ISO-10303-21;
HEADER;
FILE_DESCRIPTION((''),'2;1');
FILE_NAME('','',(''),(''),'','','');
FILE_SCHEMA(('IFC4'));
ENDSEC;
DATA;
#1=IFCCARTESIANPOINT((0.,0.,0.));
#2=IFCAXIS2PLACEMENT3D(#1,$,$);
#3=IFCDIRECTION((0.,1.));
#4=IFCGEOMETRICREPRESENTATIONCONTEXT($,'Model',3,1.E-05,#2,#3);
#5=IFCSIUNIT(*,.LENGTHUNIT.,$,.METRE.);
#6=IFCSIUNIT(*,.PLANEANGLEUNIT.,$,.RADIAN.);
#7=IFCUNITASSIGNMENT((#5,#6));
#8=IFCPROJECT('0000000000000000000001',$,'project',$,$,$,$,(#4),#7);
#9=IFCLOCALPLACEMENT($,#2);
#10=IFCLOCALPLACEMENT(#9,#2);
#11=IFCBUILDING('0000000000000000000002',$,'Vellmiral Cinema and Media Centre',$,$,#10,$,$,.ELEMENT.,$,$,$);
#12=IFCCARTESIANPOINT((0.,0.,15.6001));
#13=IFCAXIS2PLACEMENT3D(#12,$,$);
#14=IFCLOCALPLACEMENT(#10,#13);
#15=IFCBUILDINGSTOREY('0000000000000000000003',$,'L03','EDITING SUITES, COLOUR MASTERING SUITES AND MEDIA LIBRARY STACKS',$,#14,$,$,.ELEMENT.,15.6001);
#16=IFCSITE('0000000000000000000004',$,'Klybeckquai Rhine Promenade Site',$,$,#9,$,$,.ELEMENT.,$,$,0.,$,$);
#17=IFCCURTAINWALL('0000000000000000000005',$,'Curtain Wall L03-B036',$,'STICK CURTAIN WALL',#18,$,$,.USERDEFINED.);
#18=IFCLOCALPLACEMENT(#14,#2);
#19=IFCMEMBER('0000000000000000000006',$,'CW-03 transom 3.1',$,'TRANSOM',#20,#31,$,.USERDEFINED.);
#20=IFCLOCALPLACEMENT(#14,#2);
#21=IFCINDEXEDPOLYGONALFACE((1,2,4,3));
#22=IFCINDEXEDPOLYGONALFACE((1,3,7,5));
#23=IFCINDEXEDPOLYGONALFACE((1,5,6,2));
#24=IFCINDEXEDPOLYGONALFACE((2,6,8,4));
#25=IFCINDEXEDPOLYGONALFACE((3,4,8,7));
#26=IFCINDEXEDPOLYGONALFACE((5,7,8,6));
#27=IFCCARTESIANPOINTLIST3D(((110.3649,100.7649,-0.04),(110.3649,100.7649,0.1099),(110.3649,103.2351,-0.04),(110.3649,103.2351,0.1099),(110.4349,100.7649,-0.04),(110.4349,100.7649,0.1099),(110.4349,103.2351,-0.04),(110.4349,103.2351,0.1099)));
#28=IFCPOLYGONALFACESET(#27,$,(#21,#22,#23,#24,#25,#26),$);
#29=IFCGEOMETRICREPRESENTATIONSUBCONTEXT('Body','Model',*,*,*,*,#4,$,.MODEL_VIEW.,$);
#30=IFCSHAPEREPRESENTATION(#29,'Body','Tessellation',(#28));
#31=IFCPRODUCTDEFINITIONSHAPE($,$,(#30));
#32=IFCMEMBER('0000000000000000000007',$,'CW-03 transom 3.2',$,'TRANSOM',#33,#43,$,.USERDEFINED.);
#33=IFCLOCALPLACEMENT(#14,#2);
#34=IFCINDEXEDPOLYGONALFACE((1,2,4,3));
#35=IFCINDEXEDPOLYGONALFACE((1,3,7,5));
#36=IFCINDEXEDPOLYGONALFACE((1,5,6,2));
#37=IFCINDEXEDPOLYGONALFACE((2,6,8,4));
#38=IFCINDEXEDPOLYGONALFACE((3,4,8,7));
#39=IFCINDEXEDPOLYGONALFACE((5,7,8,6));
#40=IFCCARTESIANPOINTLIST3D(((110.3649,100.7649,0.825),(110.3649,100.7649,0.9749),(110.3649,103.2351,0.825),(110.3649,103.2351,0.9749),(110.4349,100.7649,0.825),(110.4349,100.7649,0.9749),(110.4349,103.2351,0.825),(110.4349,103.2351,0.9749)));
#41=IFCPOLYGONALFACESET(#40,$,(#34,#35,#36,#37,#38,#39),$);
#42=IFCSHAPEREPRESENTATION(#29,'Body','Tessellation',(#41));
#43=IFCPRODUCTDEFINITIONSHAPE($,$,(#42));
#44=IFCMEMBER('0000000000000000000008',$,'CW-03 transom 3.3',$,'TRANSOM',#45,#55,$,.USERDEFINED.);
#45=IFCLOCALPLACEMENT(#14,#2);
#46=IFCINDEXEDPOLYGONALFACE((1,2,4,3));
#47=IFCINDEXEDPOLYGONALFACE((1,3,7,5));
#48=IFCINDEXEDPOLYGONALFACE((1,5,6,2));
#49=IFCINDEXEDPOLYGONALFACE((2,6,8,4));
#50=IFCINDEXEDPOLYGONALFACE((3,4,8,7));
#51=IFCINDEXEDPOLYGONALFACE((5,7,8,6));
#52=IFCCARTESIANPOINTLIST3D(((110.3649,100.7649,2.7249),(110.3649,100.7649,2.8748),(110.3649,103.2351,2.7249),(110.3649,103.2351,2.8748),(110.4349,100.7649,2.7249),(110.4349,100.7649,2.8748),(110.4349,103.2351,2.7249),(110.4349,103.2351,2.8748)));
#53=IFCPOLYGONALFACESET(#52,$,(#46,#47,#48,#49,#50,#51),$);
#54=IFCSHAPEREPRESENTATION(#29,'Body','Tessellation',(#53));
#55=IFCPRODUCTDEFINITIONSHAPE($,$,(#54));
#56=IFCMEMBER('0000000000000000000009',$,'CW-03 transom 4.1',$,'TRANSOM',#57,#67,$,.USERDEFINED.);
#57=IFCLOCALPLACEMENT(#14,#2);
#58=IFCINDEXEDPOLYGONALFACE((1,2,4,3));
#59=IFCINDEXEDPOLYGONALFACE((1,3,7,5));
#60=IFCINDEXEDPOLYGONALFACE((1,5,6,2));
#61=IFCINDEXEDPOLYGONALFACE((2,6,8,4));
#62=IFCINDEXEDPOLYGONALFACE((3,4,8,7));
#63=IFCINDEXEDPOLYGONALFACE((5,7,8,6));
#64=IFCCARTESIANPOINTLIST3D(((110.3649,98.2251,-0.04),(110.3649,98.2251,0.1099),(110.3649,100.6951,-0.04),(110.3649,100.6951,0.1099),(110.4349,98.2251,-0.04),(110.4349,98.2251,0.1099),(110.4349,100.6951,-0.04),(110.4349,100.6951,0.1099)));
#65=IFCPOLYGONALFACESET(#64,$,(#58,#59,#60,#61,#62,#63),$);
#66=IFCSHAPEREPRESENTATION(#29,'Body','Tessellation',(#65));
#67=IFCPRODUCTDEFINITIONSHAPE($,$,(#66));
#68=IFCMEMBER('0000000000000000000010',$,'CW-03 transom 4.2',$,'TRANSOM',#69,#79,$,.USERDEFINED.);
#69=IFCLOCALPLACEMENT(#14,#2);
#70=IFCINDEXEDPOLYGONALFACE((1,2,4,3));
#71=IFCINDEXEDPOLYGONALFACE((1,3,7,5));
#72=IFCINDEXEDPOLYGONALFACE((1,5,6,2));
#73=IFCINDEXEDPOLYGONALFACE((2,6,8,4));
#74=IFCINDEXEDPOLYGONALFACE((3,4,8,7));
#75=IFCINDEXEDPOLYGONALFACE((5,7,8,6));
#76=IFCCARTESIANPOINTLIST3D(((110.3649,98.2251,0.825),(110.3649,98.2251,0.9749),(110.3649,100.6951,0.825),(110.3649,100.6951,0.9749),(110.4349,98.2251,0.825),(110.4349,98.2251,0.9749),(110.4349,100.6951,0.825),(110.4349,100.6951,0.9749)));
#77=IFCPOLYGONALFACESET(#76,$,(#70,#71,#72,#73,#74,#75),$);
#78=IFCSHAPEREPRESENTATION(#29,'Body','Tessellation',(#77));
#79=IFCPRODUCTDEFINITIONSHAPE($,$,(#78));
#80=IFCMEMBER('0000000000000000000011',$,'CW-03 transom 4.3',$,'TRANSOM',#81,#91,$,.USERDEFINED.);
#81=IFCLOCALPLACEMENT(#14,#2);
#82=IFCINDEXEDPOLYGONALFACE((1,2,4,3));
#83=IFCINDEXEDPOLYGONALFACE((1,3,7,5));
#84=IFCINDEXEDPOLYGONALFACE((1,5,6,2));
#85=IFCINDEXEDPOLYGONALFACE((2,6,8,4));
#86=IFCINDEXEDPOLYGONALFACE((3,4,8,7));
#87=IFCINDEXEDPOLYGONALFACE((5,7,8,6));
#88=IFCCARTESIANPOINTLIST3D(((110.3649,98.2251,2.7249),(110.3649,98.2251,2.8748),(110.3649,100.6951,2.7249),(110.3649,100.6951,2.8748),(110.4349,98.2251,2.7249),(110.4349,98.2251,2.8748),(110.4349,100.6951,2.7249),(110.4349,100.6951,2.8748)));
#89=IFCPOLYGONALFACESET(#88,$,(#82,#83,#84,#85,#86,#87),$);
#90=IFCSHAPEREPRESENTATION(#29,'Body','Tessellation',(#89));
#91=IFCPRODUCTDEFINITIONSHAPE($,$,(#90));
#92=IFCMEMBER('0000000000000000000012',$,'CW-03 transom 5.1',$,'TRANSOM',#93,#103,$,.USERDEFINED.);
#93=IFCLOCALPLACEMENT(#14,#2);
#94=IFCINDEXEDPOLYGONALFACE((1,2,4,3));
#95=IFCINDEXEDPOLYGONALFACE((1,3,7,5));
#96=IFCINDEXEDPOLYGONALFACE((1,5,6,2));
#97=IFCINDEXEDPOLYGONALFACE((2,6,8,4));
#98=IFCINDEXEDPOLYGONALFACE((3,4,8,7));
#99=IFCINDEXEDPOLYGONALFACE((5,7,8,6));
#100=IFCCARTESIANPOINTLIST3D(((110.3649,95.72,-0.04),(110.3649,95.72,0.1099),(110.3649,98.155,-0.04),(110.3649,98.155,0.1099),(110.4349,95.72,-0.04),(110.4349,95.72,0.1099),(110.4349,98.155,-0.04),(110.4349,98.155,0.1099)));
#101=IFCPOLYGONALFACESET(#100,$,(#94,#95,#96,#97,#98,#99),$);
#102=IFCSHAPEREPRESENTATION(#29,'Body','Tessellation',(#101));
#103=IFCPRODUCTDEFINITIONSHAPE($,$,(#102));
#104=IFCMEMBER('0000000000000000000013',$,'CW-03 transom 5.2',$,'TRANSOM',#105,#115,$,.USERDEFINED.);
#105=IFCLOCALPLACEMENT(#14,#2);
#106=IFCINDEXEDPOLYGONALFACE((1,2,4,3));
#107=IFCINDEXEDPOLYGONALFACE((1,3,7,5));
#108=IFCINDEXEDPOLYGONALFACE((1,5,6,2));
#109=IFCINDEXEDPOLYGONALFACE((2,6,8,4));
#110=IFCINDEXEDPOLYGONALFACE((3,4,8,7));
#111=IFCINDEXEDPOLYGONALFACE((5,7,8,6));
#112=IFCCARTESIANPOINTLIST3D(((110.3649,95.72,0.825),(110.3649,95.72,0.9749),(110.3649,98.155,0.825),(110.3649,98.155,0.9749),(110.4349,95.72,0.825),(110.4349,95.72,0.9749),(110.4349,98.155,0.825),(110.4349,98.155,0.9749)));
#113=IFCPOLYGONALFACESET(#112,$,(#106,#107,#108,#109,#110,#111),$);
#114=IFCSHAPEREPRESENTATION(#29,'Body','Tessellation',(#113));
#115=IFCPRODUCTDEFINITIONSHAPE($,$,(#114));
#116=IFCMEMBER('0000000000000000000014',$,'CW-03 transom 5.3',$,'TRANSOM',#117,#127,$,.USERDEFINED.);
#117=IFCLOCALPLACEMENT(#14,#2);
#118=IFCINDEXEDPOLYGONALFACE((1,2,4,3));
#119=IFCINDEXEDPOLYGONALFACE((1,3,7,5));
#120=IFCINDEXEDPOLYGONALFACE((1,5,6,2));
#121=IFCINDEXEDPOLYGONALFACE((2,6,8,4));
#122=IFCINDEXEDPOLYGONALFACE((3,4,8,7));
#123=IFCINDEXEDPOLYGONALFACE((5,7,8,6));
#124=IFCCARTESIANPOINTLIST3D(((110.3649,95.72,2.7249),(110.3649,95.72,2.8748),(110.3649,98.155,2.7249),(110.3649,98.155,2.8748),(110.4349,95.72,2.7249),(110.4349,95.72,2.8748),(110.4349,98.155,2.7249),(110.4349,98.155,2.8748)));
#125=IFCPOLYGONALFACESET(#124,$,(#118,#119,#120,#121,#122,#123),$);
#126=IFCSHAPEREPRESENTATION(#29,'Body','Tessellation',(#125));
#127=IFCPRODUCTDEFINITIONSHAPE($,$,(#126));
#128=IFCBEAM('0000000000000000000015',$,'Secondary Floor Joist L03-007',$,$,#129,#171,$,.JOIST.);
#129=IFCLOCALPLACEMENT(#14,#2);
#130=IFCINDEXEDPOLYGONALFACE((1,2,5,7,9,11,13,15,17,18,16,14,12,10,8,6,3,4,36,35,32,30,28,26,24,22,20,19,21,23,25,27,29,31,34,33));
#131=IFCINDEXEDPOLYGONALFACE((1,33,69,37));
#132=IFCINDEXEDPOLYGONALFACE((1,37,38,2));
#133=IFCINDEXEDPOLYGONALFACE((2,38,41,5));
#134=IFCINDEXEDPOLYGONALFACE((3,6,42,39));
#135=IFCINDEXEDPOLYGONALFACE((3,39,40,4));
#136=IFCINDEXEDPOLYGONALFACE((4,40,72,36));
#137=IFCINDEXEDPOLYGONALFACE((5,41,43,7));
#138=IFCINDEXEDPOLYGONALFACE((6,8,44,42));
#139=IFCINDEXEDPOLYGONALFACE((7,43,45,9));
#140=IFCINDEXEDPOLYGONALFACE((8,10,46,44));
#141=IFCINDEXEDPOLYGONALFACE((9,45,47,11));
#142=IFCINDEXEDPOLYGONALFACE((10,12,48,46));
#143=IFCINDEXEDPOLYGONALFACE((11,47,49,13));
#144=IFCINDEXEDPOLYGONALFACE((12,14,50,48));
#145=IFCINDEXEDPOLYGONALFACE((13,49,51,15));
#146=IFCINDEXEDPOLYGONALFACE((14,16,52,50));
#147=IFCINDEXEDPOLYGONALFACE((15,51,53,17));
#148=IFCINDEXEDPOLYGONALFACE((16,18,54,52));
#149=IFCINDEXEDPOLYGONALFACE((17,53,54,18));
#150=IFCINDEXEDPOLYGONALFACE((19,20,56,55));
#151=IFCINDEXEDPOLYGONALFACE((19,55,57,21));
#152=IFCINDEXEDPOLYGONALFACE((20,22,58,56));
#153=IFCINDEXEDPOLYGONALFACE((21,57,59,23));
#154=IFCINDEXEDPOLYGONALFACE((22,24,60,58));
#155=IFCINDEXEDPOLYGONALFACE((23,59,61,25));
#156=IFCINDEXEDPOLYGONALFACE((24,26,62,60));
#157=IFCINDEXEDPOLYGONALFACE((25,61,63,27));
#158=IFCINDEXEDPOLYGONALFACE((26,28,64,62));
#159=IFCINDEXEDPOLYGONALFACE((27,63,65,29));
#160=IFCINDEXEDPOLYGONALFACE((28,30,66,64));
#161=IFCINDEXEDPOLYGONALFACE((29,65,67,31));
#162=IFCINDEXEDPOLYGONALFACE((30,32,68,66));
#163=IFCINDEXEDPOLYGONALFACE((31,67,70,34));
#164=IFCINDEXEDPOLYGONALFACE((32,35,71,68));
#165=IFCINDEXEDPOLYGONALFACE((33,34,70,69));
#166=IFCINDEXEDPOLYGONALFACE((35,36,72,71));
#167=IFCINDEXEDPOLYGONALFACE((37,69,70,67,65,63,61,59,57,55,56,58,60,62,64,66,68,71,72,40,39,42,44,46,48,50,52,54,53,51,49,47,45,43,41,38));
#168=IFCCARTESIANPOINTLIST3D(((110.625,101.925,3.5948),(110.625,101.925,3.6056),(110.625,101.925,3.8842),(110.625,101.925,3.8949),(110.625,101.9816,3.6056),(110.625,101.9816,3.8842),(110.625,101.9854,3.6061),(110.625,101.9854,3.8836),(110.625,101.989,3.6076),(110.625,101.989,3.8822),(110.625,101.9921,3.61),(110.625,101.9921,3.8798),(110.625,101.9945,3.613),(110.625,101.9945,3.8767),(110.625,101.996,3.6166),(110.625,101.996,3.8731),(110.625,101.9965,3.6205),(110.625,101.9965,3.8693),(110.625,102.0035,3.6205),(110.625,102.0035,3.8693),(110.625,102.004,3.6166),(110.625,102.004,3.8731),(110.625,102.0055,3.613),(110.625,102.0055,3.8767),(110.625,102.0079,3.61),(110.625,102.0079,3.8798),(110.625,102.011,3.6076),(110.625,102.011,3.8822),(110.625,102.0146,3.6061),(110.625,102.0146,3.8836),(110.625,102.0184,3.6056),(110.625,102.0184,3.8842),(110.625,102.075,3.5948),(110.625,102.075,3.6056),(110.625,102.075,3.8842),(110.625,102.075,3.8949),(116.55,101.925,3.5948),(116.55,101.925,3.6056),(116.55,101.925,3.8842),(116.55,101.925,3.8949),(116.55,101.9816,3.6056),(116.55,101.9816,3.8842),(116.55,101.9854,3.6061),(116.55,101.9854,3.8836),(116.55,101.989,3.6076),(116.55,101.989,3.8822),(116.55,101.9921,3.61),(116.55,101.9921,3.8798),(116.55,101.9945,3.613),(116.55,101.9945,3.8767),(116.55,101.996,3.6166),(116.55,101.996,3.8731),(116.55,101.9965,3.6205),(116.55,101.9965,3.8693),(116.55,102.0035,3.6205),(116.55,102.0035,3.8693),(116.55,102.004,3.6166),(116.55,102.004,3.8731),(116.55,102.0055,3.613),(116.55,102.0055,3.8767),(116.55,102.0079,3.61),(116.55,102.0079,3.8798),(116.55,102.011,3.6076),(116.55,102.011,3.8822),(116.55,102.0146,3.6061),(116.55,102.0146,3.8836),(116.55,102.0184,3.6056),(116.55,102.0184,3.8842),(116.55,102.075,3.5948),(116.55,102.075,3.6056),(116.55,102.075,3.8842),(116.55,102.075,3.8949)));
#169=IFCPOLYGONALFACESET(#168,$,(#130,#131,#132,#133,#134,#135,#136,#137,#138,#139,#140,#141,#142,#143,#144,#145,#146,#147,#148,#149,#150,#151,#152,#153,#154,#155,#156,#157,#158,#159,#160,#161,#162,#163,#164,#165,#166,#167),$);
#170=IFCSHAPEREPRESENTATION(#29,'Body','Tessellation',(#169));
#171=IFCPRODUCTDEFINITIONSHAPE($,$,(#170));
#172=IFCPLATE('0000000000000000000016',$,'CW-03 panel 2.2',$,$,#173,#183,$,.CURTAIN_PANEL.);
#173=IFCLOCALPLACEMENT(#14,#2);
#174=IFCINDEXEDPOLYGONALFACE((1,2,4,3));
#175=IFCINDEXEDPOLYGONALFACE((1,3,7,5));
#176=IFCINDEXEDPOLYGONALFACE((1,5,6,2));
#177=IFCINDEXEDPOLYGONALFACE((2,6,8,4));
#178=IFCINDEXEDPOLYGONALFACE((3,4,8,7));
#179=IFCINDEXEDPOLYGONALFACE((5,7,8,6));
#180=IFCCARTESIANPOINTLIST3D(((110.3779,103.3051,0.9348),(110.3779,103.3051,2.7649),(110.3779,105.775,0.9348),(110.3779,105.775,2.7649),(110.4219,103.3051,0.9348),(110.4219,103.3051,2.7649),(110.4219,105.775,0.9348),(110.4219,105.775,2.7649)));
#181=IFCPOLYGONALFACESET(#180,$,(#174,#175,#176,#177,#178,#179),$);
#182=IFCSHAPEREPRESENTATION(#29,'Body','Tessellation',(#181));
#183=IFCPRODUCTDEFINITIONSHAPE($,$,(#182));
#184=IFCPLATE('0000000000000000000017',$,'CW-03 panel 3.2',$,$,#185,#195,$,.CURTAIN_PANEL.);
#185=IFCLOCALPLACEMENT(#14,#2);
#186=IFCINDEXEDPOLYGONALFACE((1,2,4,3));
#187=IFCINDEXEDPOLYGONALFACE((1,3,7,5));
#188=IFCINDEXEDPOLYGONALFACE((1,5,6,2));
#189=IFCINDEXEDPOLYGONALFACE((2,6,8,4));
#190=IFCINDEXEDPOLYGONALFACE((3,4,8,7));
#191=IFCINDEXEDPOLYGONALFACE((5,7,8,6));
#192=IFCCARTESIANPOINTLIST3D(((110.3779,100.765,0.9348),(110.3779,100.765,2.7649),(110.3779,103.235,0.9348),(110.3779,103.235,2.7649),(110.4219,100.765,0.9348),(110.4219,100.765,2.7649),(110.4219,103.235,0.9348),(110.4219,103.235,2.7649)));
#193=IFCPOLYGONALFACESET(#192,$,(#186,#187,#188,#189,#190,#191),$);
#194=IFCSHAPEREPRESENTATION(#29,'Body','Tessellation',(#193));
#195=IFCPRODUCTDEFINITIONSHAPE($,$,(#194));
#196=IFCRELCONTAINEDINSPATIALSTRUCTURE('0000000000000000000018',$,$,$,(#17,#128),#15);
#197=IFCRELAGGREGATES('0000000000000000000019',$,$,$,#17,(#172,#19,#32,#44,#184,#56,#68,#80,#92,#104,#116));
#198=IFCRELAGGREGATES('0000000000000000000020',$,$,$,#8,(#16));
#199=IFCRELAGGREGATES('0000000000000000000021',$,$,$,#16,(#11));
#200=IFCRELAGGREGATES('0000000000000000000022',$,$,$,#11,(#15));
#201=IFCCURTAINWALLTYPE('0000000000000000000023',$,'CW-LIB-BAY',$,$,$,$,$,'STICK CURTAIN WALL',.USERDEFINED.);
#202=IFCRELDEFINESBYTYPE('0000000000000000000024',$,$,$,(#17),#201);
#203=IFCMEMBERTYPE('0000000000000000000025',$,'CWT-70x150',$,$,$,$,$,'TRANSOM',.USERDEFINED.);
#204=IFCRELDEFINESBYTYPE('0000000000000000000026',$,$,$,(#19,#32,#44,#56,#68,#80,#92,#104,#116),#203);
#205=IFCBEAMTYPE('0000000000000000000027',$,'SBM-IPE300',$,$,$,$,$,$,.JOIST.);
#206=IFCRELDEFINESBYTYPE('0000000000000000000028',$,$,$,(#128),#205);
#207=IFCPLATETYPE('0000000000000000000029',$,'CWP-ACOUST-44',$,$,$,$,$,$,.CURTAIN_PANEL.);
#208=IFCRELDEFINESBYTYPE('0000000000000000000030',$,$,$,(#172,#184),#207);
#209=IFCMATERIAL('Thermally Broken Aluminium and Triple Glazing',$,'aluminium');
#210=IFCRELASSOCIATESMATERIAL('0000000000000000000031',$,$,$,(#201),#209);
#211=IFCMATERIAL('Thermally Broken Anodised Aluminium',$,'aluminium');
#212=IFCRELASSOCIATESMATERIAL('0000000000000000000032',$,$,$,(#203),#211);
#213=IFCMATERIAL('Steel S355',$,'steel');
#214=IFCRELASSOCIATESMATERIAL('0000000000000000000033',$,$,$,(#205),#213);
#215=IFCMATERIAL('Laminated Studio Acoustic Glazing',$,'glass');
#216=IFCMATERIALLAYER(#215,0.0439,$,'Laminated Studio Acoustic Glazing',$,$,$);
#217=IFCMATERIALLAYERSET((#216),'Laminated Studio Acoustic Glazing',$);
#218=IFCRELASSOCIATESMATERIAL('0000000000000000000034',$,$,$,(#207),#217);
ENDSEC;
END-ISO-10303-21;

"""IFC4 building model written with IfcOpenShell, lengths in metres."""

from ifc_helpers import new_model, si_unit, direction, frame, origin, origin_2d, place, context, subcontext, project, spatial, rectangle, i_section, extrude, material, layer, layer_set, material_profile, profile_set, type_object, element, aggregate, save


model = new_model("IFC4")

# Units and contexts
model_context = context("Model", 3, precision=1e-05, world=origin(), true_north=direction((0.0, 1.0)))
body_context = subcontext(model_context, "Body", "Model", "MODEL_VIEW")
ifc_project = project(units=[si_unit("LENGTHUNIT", "METRE"), si_unit("PLANEANGLEUNIT", "RADIAN")], contexts=[model_context])

# Site, building, storey
site_placement = place(None, origin())
site = spatial("IfcSite", under=ifc_project, at=site_placement, Name="Klybeckquai Rhine Promenade Site", CompositionType="ELEMENT", RefElevation=0.0)
building_placement = place(site_placement, origin())
building = spatial("IfcBuilding", under=site, at=building_placement, Name="Vellmiral Cinema and Media Centre", CompositionType="ELEMENT")
storey_placement = place(building_placement, frame((0.0, 0.0, 15.6001)))
storey = spatial("IfcBuildingStorey", under=building, at=storey_placement, Name="L03", Description="EDITING SUITES, COLOUR MASTERING SUITES AND MEDIA LIBRARY STACKS", CompositionType="ELEMENT", Elevation=15.6001)

# Curtain wall, members
ifc_material_1 = material(Name="Thermally Broken Aluminium and Triple Glazing", Category="aluminium")
curtain_wall_type = type_object("IfcCurtainWallType", Name="CW-LIB-BAY", ElementType="STICK CURTAIN WALL", PredefinedType="USERDEFINED", material=ifc_material_1)
curtain_wall_placement = place(storey_placement, origin())
curtain_wall = element("IfcCurtainWall", 1, at=curtain_wall_placement, inside=storey, type_object=curtain_wall_type, Name="Curtain Wall L03-B036", ObjectType="STICK CURTAIN WALL", PredefinedType="USERDEFINED")
ifc_material_2 = material(Name="Thermally Broken Anodised Aluminium", Category="aluminium")
ifc_material_profile_1 = material_profile(ifc_material_2, rectangle(XDim=0.0701, YDim=0.1499, at=origin_2d()), Name="MULL 70x150")
ifc_profile_set_1 = profile_set([ifc_material_profile_1], Name="Thermally Broken Anodised Aluminium")
member_type_1 = type_object("IfcMemberType", Name="CWT-70x150", ElementType="TRANSOM", PredefinedType="USERDEFINED", material=ifc_profile_set_1)
member_1_placement = place(storey_placement, frame((110.3999, 103.2351, 0.0349), z_axis=(0.0, -1.0, 0.0), x_axis=(1.0, 0.0, 0.0)))
member_1 = element("IfcMember", 2, at=member_1_placement, type_object=member_type_1, Name="CW-03 transom 3.1", ObjectType="TRANSOM", PredefinedType="USERDEFINED", context=body_context, shape_type="SweptSolid", body=[
    extrude(rectangle(XDim=0.0701, YDim=0.1499, at=origin_2d()), origin(), (0.0, 0.0, 1.0), 2.4702),
])
member_2_placement = place(storey_placement, frame((110.3999, 103.2351, 0.8999), z_axis=(0.0, -1.0, 0.0), x_axis=(1.0, 0.0, 0.0)))
member_2 = element("IfcMember", 3, at=member_2_placement, type_object=member_type_1, Name="CW-03 transom 3.2", ObjectType="TRANSOM", PredefinedType="USERDEFINED", context=body_context, shape_type="SweptSolid", body=[
    extrude(rectangle(XDim=0.0701, YDim=0.1499, at=origin_2d()), origin(), (0.0, 0.0, 1.0), 2.4702),
])
member_3_placement = place(storey_placement, frame((110.3999, 103.2351, 2.7998), z_axis=(0.0, -1.0, 0.0), x_axis=(1.0, 0.0, 0.0)))
member_3 = element("IfcMember", 4, at=member_3_placement, type_object=member_type_1, Name="CW-03 transom 3.3", ObjectType="TRANSOM", PredefinedType="USERDEFINED", context=body_context, shape_type="SweptSolid", body=[
    extrude(rectangle(XDim=0.0701, YDim=0.1499, at=origin_2d()), origin(), (0.0, 0.0, 1.0), 2.4702),
])
member_4_placement = place(storey_placement, frame((110.3999, 100.6951, 0.0349), z_axis=(0.0, -1.0, 0.0), x_axis=(1.0, 0.0, 0.0)))
member_4 = element("IfcMember", 5, at=member_4_placement, type_object=member_type_1, Name="CW-03 transom 4.1", ObjectType="TRANSOM", PredefinedType="USERDEFINED", context=body_context, shape_type="SweptSolid", body=[
    extrude(rectangle(XDim=0.0701, YDim=0.1499, at=origin_2d()), origin(), (0.0, 0.0, 1.0), 2.47),
])
member_5_placement = place(storey_placement, frame((110.3999, 100.6951, 0.8999), z_axis=(0.0, -1.0, 0.0), x_axis=(1.0, 0.0, 0.0)))
member_5 = element("IfcMember", 6, at=member_5_placement, type_object=member_type_1, Name="CW-03 transom 4.2", ObjectType="TRANSOM", PredefinedType="USERDEFINED", context=body_context, shape_type="SweptSolid", body=[
    extrude(rectangle(XDim=0.0701, YDim=0.1499, at=origin_2d()), origin(), (0.0, 0.0, 1.0), 2.47),
])
member_6_placement = place(storey_placement, frame((110.3999, 100.6951, 2.7998), z_axis=(0.0, -1.0, 0.0), x_axis=(1.0, 0.0, 0.0)))
member_6 = element("IfcMember", 7, at=member_6_placement, type_object=member_type_1, Name="CW-03 transom 4.3", ObjectType="TRANSOM", PredefinedType="USERDEFINED", context=body_context, shape_type="SweptSolid", body=[
    extrude(rectangle(XDim=0.0701, YDim=0.1499, at=origin_2d()), origin(), (0.0, 0.0, 1.0), 2.47),
])
member_7_placement = place(storey_placement, frame((110.3999, 98.155, 0.0349), z_axis=(0.0, -1.0, 0.0), x_axis=(1.0, 0.0, 0.0)))
member_7 = element("IfcMember", 8, at=member_7_placement, type_object=member_type_1, Name="CW-03 transom 5.1", ObjectType="TRANSOM", PredefinedType="USERDEFINED", context=body_context, shape_type="SweptSolid", body=[
    extrude(rectangle(XDim=0.0701, YDim=0.1499, at=origin_2d()), origin(), (0.0, 0.0, 1.0), 2.4351),
])
member_8_placement = place(storey_placement, frame((110.3999, 98.155, 0.8999), z_axis=(0.0, -1.0, 0.0), x_axis=(1.0, 0.0, 0.0)))
member_8 = element("IfcMember", 9, at=member_8_placement, type_object=member_type_1, Name="CW-03 transom 5.2", ObjectType="TRANSOM", PredefinedType="USERDEFINED", context=body_context, shape_type="SweptSolid", body=[
    extrude(rectangle(XDim=0.0701, YDim=0.1499, at=origin_2d()), origin(), (0.0, 0.0, 1.0), 2.4351),
])
member_9_placement = place(storey_placement, frame((110.3999, 98.155, 2.7998), z_axis=(0.0, -1.0, 0.0), x_axis=(1.0, 0.0, 0.0)))
member_9 = element("IfcMember", 10, at=member_9_placement, type_object=member_type_1, Name="CW-03 transom 5.3", ObjectType="TRANSOM", PredefinedType="USERDEFINED", context=body_context, shape_type="SweptSolid", body=[
    extrude(rectangle(XDim=0.0701, YDim=0.1499, at=origin_2d()), origin(), (0.0, 0.0, 1.0), 2.4351),
])

# Beam
ifc_material_3 = material(Name="Steel S355", Category="steel")
ifc_material_profile_2 = material_profile(ifc_material_3, i_section(OverallWidth=0.1499, OverallDepth=0.3, WebThickness=0.0071, FlangeThickness=0.0107, FilletRadius=0.0149, at=origin_2d()), Name="IPE 300")
ifc_profile_set_2 = profile_set([ifc_material_profile_2], Name="Steel S355")
beam_type_1 = type_object("IfcBeamType", Name="SBM-IPE300", PredefinedType="JOIST", material=ifc_profile_set_2)
beam_1_placement = place(storey_placement, frame((110.625, 102.0, 3.7449), z_axis=(1.0, 0.0, 0.0), x_axis=(0.0, 1.0, 0.0)))
element("IfcBeam", 11, at=beam_1_placement, inside=storey, type_object=beam_type_1, Name="Secondary Floor Joist L03-007", PredefinedType="JOIST", context=body_context, shape_type="SweptSolid", body=[
    extrude(i_section(OverallWidth=0.1499, OverallDepth=0.3, WebThickness=0.0071, FlangeThickness=0.0107, FilletRadius=0.0149, at=origin_2d()), origin(), (0.0, 0.0, 1.0), 5.925),
])

# Plates
ifc_material_4 = material(Name="Laminated Studio Acoustic Glazing", Category="glass")
ifc_layer_1 = layer(ifc_material_4, 0.0439, Name="Laminated Studio Acoustic Glazing")
ifc_layer_set_1 = layer_set([ifc_layer_1], Name="Laminated Studio Acoustic Glazing")
plate_type_1 = type_object("IfcPlateType", Name="CWP-ACOUST-44", PredefinedType="CURTAIN_PANEL", material=ifc_layer_set_1)
plate_1_placement = place(storey_placement, frame((110.3999, 104.54, 0.9348), z_axis=(0.0, 0.0, 1.0), x_axis=(0.0, -1.0, 0.0)))
plate_1 = element("IfcPlate", 12, at=plate_1_placement, type_object=plate_type_1, Name="CW-03 panel 2.2", PredefinedType="CURTAIN_PANEL", context=body_context, shape_type="SweptSolid", body=[
    extrude(rectangle(XDim=2.47, YDim=0.0439, at=origin_2d()), origin(), (0.0, 0.0, 1.0), 1.8301),
])
plate_2_placement = place(storey_placement, frame((110.3999, 102.0, 0.9348), z_axis=(0.0, 0.0, 1.0), x_axis=(0.0, -1.0, 0.0)))
plate_2 = element("IfcPlate", 13, at=plate_2_placement, type_object=plate_type_1, Name="CW-03 panel 3.2", PredefinedType="CURTAIN_PANEL", context=body_context, shape_type="SweptSolid", body=[
    extrude(rectangle(XDim=2.47, YDim=0.0439, at=origin_2d()), origin(), (0.0, 0.0, 1.0), 1.8301),
])
aggregate(curtain_wall, [plate_1, member_1, member_2, member_3, plate_2, member_4, member_5, member_6, member_7, member_8, member_9])

save(model, "model.ifc")
